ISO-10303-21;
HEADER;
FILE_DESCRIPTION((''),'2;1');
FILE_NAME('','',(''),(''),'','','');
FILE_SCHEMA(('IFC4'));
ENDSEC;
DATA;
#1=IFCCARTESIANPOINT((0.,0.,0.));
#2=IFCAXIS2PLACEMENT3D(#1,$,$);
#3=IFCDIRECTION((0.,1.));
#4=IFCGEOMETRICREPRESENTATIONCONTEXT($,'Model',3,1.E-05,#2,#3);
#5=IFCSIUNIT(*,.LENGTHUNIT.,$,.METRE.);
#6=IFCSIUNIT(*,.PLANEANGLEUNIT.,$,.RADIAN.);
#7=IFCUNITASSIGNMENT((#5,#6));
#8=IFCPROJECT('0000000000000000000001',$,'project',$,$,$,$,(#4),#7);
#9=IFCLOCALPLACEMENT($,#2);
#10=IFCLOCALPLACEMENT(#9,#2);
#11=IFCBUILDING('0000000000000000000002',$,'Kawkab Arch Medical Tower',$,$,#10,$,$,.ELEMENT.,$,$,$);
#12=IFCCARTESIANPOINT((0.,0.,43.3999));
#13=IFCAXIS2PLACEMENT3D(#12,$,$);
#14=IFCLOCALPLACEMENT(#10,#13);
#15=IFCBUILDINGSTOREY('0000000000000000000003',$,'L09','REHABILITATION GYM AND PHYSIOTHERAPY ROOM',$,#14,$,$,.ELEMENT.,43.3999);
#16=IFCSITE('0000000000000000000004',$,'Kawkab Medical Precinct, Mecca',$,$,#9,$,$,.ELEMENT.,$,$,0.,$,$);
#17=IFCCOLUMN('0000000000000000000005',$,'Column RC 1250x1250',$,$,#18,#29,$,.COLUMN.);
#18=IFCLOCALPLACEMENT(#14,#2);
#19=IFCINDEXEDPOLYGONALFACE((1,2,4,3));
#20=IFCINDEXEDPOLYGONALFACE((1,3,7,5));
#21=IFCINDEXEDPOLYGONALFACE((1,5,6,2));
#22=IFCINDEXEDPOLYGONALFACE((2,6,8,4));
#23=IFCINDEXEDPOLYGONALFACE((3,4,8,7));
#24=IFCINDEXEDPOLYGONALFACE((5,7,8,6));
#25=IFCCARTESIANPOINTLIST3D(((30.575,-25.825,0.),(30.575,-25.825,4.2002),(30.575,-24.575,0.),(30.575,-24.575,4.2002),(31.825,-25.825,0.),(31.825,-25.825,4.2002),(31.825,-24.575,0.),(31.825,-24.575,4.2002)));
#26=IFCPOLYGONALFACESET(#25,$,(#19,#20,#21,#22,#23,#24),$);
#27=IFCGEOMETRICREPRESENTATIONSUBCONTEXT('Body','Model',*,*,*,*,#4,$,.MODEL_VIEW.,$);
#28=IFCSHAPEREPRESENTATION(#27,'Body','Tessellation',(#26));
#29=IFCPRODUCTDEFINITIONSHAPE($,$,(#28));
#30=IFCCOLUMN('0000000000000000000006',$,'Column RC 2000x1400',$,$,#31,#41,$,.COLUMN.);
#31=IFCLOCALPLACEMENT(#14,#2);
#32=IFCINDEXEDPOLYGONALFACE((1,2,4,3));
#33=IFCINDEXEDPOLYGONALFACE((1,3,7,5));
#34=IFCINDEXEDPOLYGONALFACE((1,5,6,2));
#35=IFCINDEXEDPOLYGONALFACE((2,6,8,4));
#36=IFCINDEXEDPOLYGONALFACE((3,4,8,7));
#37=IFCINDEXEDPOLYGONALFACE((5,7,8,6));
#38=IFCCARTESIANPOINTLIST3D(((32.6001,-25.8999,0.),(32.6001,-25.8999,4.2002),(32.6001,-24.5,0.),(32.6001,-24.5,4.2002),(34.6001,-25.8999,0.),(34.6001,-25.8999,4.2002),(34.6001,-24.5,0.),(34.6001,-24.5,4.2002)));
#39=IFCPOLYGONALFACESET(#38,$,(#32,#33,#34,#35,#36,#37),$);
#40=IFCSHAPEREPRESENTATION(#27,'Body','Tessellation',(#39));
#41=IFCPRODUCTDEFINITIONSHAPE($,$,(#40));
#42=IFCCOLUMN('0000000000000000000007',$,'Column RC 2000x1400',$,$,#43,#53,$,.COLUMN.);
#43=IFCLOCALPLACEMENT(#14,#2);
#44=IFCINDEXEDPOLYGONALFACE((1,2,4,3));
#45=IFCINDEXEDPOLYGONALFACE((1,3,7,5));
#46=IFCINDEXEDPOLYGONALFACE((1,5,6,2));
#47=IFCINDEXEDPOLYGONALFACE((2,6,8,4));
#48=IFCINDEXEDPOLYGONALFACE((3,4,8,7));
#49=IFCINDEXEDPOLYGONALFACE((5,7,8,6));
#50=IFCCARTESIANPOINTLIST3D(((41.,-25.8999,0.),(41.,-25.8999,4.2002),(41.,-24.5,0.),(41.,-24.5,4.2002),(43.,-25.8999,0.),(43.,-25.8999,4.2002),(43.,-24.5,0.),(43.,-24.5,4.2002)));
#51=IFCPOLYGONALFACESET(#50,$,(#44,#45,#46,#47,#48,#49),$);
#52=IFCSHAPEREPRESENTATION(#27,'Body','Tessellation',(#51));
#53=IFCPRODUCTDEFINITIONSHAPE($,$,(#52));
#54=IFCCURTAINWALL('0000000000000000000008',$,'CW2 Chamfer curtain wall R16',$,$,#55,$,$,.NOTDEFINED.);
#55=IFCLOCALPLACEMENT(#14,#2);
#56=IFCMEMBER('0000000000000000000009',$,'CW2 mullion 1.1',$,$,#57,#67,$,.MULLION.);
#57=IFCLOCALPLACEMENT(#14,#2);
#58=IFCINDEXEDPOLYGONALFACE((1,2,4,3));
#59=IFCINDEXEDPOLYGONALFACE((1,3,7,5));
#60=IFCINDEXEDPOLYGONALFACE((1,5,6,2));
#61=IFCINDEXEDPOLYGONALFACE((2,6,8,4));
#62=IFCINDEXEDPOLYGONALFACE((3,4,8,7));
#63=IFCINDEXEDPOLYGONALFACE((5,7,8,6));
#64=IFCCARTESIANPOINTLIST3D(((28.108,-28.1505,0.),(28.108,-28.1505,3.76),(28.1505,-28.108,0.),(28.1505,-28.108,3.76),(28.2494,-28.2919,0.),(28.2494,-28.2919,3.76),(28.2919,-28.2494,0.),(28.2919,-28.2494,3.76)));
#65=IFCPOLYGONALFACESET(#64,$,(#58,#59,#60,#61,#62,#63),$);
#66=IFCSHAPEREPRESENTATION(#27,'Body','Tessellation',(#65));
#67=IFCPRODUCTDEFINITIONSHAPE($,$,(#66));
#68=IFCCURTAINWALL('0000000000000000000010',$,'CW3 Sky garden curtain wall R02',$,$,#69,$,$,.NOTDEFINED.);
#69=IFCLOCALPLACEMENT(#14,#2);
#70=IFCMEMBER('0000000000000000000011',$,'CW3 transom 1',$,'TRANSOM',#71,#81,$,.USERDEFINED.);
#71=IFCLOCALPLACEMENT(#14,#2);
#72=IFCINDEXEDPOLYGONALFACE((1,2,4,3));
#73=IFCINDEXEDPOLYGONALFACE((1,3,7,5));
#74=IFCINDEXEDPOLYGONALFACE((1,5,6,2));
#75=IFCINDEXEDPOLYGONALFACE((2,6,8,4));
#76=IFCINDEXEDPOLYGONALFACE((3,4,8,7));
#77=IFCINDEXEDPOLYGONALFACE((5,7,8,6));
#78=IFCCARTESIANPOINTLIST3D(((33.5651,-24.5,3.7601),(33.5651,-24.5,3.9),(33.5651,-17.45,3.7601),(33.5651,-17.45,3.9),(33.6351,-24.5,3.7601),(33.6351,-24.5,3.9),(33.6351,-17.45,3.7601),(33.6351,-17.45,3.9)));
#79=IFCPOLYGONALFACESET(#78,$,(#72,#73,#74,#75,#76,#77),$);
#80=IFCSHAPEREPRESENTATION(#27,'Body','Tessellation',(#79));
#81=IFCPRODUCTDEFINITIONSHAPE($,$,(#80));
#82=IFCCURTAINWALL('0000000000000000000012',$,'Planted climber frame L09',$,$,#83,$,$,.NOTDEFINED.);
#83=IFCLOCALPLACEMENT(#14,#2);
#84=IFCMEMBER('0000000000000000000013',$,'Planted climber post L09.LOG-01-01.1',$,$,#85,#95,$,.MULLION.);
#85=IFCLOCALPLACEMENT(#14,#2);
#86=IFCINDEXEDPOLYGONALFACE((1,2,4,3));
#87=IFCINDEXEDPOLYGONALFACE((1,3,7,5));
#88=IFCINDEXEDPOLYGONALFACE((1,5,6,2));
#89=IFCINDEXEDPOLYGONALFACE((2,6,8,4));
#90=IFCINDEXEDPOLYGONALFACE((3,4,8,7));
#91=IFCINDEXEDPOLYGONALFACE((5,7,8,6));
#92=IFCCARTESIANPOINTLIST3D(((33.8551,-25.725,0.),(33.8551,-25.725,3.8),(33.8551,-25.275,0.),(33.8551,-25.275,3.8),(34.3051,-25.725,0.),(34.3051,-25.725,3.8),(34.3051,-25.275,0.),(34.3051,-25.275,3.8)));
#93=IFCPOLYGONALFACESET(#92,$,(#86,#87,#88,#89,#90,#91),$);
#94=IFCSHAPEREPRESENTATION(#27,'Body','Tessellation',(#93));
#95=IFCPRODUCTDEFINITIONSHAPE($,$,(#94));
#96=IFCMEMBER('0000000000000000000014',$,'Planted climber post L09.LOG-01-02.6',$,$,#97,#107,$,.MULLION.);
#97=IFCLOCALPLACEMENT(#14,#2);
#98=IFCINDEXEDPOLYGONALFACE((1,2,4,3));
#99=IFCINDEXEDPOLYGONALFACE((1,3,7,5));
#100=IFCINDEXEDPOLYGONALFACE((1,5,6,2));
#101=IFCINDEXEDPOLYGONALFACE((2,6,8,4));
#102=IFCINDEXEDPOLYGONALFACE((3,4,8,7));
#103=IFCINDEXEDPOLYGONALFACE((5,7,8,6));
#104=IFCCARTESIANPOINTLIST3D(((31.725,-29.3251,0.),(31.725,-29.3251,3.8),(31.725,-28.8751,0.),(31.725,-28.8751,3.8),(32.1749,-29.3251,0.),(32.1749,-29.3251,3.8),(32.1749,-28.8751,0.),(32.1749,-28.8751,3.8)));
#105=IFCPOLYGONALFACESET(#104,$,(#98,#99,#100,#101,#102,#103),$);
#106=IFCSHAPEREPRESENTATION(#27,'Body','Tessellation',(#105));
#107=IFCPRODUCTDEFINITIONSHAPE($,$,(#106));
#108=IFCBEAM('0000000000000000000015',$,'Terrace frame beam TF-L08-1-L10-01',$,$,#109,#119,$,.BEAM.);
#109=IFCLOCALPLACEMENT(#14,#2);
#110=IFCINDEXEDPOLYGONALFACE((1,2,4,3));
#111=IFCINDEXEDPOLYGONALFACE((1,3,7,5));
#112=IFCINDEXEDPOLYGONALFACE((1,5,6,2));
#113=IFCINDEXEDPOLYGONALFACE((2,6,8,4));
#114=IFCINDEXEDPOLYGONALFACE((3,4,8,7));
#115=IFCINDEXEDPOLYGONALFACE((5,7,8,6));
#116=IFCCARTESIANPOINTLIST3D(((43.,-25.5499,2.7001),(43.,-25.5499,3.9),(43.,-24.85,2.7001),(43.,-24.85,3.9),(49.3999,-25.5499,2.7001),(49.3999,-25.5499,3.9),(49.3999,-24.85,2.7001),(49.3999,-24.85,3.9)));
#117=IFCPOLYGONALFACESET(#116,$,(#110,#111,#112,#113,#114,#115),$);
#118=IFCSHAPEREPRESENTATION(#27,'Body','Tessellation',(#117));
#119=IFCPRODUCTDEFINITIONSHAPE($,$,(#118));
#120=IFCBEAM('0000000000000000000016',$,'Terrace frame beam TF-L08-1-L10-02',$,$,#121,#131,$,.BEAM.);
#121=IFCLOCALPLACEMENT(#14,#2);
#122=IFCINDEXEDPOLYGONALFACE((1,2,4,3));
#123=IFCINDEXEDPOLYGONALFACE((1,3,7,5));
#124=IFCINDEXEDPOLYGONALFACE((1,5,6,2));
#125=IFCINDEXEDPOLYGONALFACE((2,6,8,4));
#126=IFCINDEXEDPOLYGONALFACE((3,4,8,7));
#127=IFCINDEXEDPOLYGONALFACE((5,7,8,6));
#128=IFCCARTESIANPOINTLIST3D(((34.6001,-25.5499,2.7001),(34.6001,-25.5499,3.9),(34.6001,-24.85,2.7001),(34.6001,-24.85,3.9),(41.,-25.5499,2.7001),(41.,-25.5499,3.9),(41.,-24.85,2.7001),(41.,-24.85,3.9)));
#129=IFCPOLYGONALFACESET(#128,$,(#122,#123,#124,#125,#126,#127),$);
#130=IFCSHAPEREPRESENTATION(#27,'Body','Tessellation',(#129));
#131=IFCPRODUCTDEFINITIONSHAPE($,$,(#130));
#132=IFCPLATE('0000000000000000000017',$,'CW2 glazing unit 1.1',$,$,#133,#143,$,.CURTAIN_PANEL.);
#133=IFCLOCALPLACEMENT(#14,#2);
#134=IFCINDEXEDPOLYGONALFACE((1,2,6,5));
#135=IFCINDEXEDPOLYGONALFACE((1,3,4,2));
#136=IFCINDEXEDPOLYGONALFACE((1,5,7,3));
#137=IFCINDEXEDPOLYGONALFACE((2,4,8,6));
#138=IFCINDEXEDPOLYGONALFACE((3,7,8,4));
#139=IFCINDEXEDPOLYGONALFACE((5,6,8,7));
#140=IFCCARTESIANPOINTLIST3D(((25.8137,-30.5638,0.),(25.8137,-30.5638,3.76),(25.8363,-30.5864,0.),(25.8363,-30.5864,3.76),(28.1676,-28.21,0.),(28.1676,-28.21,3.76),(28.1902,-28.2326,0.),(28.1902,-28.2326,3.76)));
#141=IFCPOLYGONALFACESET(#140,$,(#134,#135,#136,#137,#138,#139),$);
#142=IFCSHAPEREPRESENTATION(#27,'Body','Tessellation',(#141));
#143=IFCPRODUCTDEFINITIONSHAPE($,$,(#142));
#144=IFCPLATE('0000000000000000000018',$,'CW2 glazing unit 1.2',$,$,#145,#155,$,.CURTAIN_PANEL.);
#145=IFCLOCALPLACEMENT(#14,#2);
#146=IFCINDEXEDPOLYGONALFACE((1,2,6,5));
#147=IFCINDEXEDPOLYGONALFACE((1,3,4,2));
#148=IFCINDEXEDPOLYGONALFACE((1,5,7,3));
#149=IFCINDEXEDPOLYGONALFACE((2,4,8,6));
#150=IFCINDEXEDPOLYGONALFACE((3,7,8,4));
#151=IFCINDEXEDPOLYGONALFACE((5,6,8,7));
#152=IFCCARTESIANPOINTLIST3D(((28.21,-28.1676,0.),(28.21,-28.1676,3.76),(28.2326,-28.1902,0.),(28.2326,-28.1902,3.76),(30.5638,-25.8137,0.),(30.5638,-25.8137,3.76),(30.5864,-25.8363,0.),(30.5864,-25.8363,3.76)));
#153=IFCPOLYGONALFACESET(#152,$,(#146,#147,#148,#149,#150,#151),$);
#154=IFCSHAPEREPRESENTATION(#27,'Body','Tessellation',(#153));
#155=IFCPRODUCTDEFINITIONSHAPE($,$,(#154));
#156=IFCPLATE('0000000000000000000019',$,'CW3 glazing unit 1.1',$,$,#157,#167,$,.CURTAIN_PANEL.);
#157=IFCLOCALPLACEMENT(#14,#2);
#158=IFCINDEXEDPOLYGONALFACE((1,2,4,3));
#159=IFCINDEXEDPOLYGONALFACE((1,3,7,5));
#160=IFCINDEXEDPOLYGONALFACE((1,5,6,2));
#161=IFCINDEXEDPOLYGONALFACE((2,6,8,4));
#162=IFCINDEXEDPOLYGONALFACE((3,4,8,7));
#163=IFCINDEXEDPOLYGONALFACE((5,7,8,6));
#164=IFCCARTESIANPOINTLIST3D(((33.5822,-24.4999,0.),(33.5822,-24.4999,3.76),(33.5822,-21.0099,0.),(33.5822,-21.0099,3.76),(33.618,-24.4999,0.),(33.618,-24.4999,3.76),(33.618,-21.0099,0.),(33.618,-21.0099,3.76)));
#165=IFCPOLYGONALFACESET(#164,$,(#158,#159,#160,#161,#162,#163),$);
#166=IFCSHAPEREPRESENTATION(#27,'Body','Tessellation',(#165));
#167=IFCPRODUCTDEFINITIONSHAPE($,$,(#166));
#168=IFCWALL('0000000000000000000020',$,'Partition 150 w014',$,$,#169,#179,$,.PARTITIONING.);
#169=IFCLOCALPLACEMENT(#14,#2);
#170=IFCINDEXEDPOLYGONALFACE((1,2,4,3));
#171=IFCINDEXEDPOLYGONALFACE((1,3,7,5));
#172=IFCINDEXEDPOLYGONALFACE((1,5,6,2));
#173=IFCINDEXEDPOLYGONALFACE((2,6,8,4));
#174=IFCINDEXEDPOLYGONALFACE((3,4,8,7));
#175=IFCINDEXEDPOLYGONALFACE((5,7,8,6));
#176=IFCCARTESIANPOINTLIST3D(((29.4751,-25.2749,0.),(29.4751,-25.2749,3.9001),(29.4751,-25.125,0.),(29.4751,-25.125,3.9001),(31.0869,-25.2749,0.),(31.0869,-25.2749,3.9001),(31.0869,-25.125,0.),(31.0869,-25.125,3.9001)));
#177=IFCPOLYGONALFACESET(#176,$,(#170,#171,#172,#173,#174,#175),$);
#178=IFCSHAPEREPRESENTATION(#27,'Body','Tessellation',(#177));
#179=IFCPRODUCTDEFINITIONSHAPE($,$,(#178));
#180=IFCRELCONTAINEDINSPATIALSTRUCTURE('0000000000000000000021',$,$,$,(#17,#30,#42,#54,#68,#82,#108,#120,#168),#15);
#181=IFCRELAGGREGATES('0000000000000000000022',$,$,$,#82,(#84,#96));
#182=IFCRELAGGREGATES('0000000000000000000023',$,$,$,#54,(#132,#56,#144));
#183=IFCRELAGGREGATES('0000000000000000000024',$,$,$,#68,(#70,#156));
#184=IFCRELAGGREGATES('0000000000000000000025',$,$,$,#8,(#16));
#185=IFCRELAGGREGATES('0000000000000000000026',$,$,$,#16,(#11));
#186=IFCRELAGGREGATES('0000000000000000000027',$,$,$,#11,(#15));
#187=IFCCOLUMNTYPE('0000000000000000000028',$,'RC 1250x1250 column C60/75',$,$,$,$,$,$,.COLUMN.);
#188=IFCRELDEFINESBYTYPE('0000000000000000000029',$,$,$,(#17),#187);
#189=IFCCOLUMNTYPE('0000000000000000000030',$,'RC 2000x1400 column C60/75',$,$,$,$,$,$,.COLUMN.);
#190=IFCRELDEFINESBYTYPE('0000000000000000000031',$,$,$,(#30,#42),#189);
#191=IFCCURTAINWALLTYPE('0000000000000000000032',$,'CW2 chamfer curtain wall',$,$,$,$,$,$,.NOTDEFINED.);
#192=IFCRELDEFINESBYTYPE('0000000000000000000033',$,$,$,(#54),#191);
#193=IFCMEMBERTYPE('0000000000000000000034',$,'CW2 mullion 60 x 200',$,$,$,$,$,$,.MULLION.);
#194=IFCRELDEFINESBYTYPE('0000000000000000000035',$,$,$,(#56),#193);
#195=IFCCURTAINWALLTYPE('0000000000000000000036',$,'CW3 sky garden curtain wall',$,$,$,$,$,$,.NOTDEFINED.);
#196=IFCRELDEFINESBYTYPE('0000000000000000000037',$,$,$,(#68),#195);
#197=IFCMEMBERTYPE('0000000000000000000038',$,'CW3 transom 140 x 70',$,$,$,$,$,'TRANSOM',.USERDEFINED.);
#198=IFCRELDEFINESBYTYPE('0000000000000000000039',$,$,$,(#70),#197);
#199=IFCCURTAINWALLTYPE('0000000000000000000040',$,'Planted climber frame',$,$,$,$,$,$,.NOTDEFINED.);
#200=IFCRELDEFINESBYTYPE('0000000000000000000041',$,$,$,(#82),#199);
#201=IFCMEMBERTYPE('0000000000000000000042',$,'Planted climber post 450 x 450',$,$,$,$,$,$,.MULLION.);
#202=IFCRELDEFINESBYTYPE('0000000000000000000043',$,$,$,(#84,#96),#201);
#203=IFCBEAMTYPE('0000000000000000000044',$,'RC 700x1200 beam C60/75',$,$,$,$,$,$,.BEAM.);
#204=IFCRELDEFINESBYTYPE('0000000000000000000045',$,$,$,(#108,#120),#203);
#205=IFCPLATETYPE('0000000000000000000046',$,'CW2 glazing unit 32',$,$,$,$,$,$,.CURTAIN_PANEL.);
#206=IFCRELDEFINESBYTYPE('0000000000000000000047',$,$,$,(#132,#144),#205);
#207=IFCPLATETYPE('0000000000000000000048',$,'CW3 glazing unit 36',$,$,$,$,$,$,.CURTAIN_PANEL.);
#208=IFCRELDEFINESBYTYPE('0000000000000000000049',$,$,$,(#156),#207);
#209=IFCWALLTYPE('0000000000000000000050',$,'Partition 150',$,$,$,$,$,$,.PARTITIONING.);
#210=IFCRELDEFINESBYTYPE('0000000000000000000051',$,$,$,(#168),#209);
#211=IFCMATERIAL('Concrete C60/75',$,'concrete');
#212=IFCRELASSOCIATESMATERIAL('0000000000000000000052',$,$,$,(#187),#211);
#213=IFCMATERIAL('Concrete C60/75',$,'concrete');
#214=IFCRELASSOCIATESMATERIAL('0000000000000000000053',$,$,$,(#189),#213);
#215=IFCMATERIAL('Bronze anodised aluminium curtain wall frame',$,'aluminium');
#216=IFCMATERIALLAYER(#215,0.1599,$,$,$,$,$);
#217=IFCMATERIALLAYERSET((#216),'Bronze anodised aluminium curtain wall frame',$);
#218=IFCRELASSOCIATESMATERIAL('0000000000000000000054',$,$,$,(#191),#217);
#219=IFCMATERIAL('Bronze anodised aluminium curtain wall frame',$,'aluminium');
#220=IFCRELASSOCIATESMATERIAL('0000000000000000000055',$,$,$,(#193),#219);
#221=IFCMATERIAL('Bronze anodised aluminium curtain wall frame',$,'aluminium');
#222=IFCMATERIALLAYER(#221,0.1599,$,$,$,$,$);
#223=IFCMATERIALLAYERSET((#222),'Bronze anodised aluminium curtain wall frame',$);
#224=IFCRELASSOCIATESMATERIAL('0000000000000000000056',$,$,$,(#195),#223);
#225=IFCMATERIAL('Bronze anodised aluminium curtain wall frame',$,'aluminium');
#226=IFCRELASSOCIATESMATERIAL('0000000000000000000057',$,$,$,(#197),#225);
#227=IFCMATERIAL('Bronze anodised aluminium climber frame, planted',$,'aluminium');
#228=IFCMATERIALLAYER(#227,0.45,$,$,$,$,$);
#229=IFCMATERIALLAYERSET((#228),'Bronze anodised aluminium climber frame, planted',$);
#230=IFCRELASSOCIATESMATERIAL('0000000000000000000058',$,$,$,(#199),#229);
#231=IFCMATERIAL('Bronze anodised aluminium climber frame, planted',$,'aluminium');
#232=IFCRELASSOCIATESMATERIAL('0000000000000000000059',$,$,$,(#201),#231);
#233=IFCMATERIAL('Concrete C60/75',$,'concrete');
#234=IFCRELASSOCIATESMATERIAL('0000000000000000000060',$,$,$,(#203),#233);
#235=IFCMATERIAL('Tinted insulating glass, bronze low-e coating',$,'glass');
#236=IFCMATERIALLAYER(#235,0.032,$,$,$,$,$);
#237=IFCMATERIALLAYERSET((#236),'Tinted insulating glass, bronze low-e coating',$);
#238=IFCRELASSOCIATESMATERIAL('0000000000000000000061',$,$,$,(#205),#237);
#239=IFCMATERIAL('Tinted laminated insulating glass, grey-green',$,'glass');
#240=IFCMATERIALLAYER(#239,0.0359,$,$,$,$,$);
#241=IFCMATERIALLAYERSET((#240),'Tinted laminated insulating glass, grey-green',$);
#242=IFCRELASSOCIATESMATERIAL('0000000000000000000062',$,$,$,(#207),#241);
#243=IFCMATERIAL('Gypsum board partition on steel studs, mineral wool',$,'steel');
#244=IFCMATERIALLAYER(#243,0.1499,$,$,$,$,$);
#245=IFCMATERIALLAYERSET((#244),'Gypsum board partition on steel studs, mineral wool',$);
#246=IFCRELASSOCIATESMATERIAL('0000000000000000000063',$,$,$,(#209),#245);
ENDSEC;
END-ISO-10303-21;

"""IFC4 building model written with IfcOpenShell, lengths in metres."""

from ifc_helpers import new_model, si_unit, direction, frame, frame_2d, origin, origin_2d, place, context, subcontext, project, spatial, rectangle, extrude, material, layer, layer_set, material_profile, profile_set, type_object, element, aggregate, save


model = new_model("IFC4")

# Units and contexts
model_context = context("Model", 3, precision=1e-05, world=origin(), true_north=direction((0.0, 1.0)))
body_context = subcontext(model_context, "Body", "Model", "MODEL_VIEW")
ifc_project = project(units=[si_unit("LENGTHUNIT", "METRE"), si_unit("PLANEANGLEUNIT", "RADIAN")], contexts=[model_context])

# Site, building, storey
site_placement = place(None, origin())
site = spatial("IfcSite", under=ifc_project, at=site_placement, Name="Kawkab Medical Precinct, Mecca", CompositionType="ELEMENT", RefElevation=0.0)
building_placement = place(site_placement, origin())
building = spatial("IfcBuilding", under=site, at=building_placement, Name="Kawkab Arch Medical Tower", CompositionType="ELEMENT")
storey_placement = place(building_placement, frame((0.0, 0.0, 43.3999)))
storey = spatial("IfcBuildingStorey", under=building, at=storey_placement, Name="L09", Description="REHABILITATION GYM AND PHYSIOTHERAPY ROOM", CompositionType="ELEMENT", Elevation=43.3999)

# Columns
ifc_material_1 = material(Name="Concrete C60/75", Category="concrete")
ifc_material_profile_1 = material_profile(ifc_material_1, rectangle(XDim=1.25, YDim=1.25, at=origin_2d()), Name="RC 1250x1250")
ifc_profile_set_1 = profile_set([ifc_material_profile_1], Name="Concrete C60/75")
column_type_1 = type_object("IfcColumnType", Name="RC 1250x1250 column C60/75", PredefinedType="COLUMN", material=ifc_profile_set_1)
column_placement = place(storey_placement, frame((31.2, -25.2, 0.0), z_axis=(0.0, 0.0, 1.0), x_axis=(1.0, 0.0, 0.0)))
element("IfcColumn", 1, at=column_placement, inside=storey, type_object=column_type_1, Name="Column RC 1250x1250", PredefinedType="COLUMN", context=body_context, shape_type="SweptSolid", body=[
    extrude(rectangle(XDim=1.25, YDim=1.25, at=origin_2d()), origin(), (0.0, 0.0, 1.0), 4.2002),
])
ifc_material_2 = material(Name="Concrete C60/75", Category="concrete")
ifc_material_profile_2 = material_profile(ifc_material_2, rectangle(XDim=2.0, YDim=1.3999, at=origin_2d()), Name="RC 2000x1400")
ifc_profile_set_2 = profile_set([ifc_material_profile_2], Name="Concrete C60/75")
column_type_2 = type_object("IfcColumnType", Name="RC 2000x1400 column C60/75", PredefinedType="COLUMN", material=ifc_profile_set_2)
for number, where, z_axis, x_axis, name in (
    (2, (33.6001, -25.2, 0.0), (0.0, 0.0, 1.0), (-1.0, 0.0, 0.0), "Column RC 2000x1400"),
    (3, (42.0, -25.2, 0.0), (0.0, 0.0, 1.0), (-1.0, 0.0, 0.0), "Column RC 2000x1400"),
):
    element("IfcColumn", number, at=place(storey_placement, frame(where, z_axis=z_axis, x_axis=x_axis)), inside=storey, type_object=column_type_2, Name=name, PredefinedType="COLUMN", context=body_context, shape_type="SweptSolid", body=[
        extrude(rectangle(XDim=2.0, YDim=1.3999, at=origin_2d()), origin(), (0.0, 0.0, 1.0), 4.2002),
    ])

# Curtain walls, members
ifc_material_3 = material(Name="Bronze anodised aluminium curtain wall frame", Category="aluminium")
ifc_layer_1 = layer(ifc_material_3, 0.1599)
ifc_layer_set_1 = layer_set([ifc_layer_1], Name="Bronze anodised aluminium curtain wall frame")
curtain_wall_type_1 = type_object("IfcCurtainWallType", Name="CW2 chamfer curtain wall", PredefinedType="NOTDEFINED", material=ifc_layer_set_1)
placement = place(storey_placement, origin())
curtain_wall_1 = element("IfcCurtainWall", 4, at=placement, inside=storey, type_object=curtain_wall_type_1, Name="CW2 Chamfer curtain wall R16", PredefinedType="NOTDEFINED")
ifc_material_4 = material(Name="Bronze anodised aluminium curtain wall frame", Category="aluminium")
ifc_material_profile_3 = material_profile(ifc_material_4, rectangle(XDim=0.2, YDim=0.0601, at=origin_2d()), Name="AL 60x200")
ifc_profile_set_3 = profile_set([ifc_material_profile_3], Name="Bronze anodised aluminium curtain wall frame")
member_type_1 = type_object("IfcMemberType", Name="CW2 mullion 60 x 200", PredefinedType="MULLION", material=ifc_profile_set_3)
member_1_placement = place(storey_placement, frame((28.2, -28.2, 0.0), z_axis=(0.0, 0.0, 1.0), x_axis=(-0.707107, 0.707107, 0.0)))
member_1 = element("IfcMember", 5, at=member_1_placement, type_object=member_type_1, Name="CW2 mullion 1.1", PredefinedType="MULLION", context=body_context, shape_type="SweptSolid", body=[
    extrude(rectangle(XDim=0.2, YDim=0.0601, at=origin_2d()), origin(), (0.0, 0.0, 1.0), 3.76),
])
ifc_material_5 = material(Name="Bronze anodised aluminium curtain wall frame", Category="aluminium")
ifc_layer_2 = layer(ifc_material_5, 0.1599)
ifc_layer_set_2 = layer_set([ifc_layer_2], Name="Bronze anodised aluminium curtain wall frame")
curtain_wall_type_2 = type_object("IfcCurtainWallType", Name="CW3 sky garden curtain wall", PredefinedType="NOTDEFINED", material=ifc_layer_set_2)
curtain_wall_2 = element("IfcCurtainWall", 6, at=placement, inside=storey, type_object=curtain_wall_type_2, Name="CW3 Sky garden curtain wall R02", PredefinedType="NOTDEFINED")
ifc_material_6 = material(Name="Bronze anodised aluminium curtain wall frame", Category="aluminium")
ifc_material_profile_4 = material_profile(ifc_material_6, rectangle(XDim=0.0701, YDim=0.1399, at=origin_2d()), Name="AL 70x140")
ifc_profile_set_4 = profile_set([ifc_material_profile_4], Name="Bronze anodised aluminium curtain wall frame")
member_type_2 = type_object("IfcMemberType", Name="CW3 transom 140 x 70", ElementType="TRANSOM", PredefinedType="USERDEFINED", material=ifc_profile_set_4)
member_2_placement = place(storey_placement, frame((33.6001, -24.5, 3.8301), z_axis=(0.0, 1.0, 0.0), x_axis=(-1.0, 0.0, 0.0)))
member_2 = element("IfcMember", 7, at=member_2_placement, type_object=member_type_2, Name="CW3 transom 1", ObjectType="TRANSOM", PredefinedType="USERDEFINED", context=body_context, shape_type="SweptSolid", body=[
    extrude(rectangle(XDim=0.0701, YDim=0.1399, at=origin_2d()), origin(), (0.0, 0.0, 1.0), 7.05),
])

# Curtain wall, members
ifc_material_7 = material(Name="Bronze anodised aluminium climber frame, planted", Category="aluminium")
ifc_layer_3 = layer(ifc_material_7, 0.45)
ifc_layer_set_3 = layer_set([ifc_layer_3], Name="Bronze anodised aluminium climber frame, planted")
curtain_wall_type_3 = type_object("IfcCurtainWallType", Name="Planted climber frame", PredefinedType="NOTDEFINED", material=ifc_layer_set_3)
curtain_wall_3 = element("IfcCurtainWall", 8, at=placement, inside=storey, type_object=curtain_wall_type_3, Name="Planted climber frame L09", PredefinedType="NOTDEFINED")
ifc_material_8 = material(Name="Bronze anodised aluminium climber frame, planted", Category="aluminium")
ifc_material_profile_5 = material_profile(ifc_material_8, rectangle(XDim=0.45, YDim=0.45, at=origin_2d()), Name="Post 450x450")
ifc_profile_set_5 = profile_set([ifc_material_profile_5], Name="Bronze anodised aluminium climber frame, planted")
member_type_3 = type_object("IfcMemberType", Name="Planted climber post 450 x 450", PredefinedType="MULLION", material=ifc_profile_set_5)
member_3_placement = place(storey_placement, frame((34.0801, -25.5, 0.0), z_axis=(0.0, 0.0, 1.0), x_axis=(1.0, 0.0, 0.0)))
member_3 = element("IfcMember", 9, at=member_3_placement, type_object=member_type_3, Name="Planted climber post L09.LOG-01-01.1", PredefinedType="MULLION", context=body_context, shape_type="SweptSolid", body=[
    extrude(rectangle(XDim=0.45, YDim=0.45, at=origin_2d()), origin(), (0.0, 0.0, 1.0), 3.8),
])
member_4_placement = place(storey_placement, frame((31.95, -29.1001, 0.0), z_axis=(0.0, 0.0, 1.0), x_axis=(1.0, 0.0, 0.0)))
member_4 = element("IfcMember", 10, at=member_4_placement, type_object=member_type_3, Name="Planted climber post L09.LOG-01-02.6", PredefinedType="MULLION", context=body_context, shape_type="SweptSolid", body=[
    extrude(rectangle(XDim=0.45, YDim=0.45, at=origin_2d()), origin(), (0.0, 0.0, 1.0), 3.8),
])
aggregate(curtain_wall_3, [member_3, member_4])

# Beams
ifc_material_9 = material(Name="Concrete C60/75", Category="concrete")
ifc_material_profile_6 = material_profile(ifc_material_9, rectangle(XDim=0.7, YDim=1.2, at=origin_2d()), Name="RC 700x1200")
ifc_profile_set_6 = profile_set([ifc_material_profile_6], Name="Concrete C60/75")
beam_type = type_object("IfcBeamType", Name="RC 700x1200 beam C60/75", PredefinedType="BEAM", material=ifc_profile_set_6)
for number, where, z_axis, x_axis, name in (
    (11, (49.3999, -25.2, 3.3), (-1.0, 0.0, 0.0), (0.0, -1.0, 0.0), "Terrace frame beam TF-L08-1-L10-01"),
    (12, (41.0, -25.2, 3.3), (-1.0, 0.0, 0.0), (0.0, -1.0, 0.0), "Terrace frame beam TF-L08-1-L10-02"),
):
    element("IfcBeam", number, at=place(storey_placement, frame(where, z_axis=z_axis, x_axis=x_axis)), inside=storey, type_object=beam_type, Name=name, PredefinedType="BEAM", context=body_context, shape_type="SweptSolid", body=[
        extrude(rectangle(XDim=0.7, YDim=1.2, at=origin_2d()), origin(), (0.0, 0.0, 1.0), 6.3999),
    ])

# Plates
ifc_material_10 = material(Name="Tinted insulating glass, bronze low-e coating", Category="glass")
ifc_layer_4 = layer(ifc_material_10, 0.032)
ifc_layer_set_4 = layer_set([ifc_layer_4], Name="Tinted insulating glass, bronze low-e coating")
plate_type_1 = type_object("IfcPlateType", Name="CW2 glazing unit 32", PredefinedType="CURTAIN_PANEL", material=ifc_layer_set_4)
plate_1_placement = place(storey_placement, frame((27.002, -29.3982, 0.0), z_axis=(0.0, 0.0, 1.0), x_axis=(0.707107, 0.707107, 0.0)))
plate_1 = element("IfcPlate", 13, at=plate_1_placement, type_object=plate_type_1, Name="CW2 glazing unit 1.1", PredefinedType="CURTAIN_PANEL", context=body_context, shape_type="SweptSolid", body=[
    extrude(rectangle(XDim=3.3289, YDim=0.032, at=origin_2d()), origin(), (0.0, 0.0, 1.0), 3.76),
])
plate_2_placement = place(storey_placement, frame((29.3982, -27.002, 0.0), z_axis=(0.0, 0.0, 1.0), x_axis=(0.707107, 0.707107, 0.0)))
plate_2 = element("IfcPlate", 14, at=plate_2_placement, type_object=plate_type_1, Name="CW2 glazing unit 1.2", PredefinedType="CURTAIN_PANEL", context=body_context, shape_type="SweptSolid", body=[
    extrude(rectangle(XDim=3.3289, YDim=0.032, at=origin_2d()), origin(), (0.0, 0.0, 1.0), 3.76),
])
aggregate(curtain_wall_1, [plate_1, member_1, plate_2])
ifc_material_11 = material(Name="Tinted laminated insulating glass, grey-green", Category="glass")
ifc_layer_5 = layer(ifc_material_11, 0.0359)
ifc_layer_set_5 = layer_set([ifc_layer_5], Name="Tinted laminated insulating glass, grey-green")
plate_type_2 = type_object("IfcPlateType", Name="CW3 glazing unit 36", PredefinedType="CURTAIN_PANEL", material=ifc_layer_set_5)
plate_3_placement = place(storey_placement, frame((33.6001, -22.7549, 0.0), z_axis=(0.0, 0.0, 1.0), x_axis=(0.0, 1.0, 0.0)))
plate_3 = element("IfcPlate", 15, at=plate_3_placement, type_object=plate_type_2, Name="CW3 glazing unit 1.1", PredefinedType="CURTAIN_PANEL", context=body_context, shape_type="SweptSolid", body=[
    extrude(rectangle(XDim=3.49, YDim=0.0359, at=origin_2d()), origin(), (0.0, 0.0, 1.0), 3.76),
])
aggregate(curtain_wall_2, [member_2, plate_3])

# Wall
ifc_material_12 = material(Name="Gypsum board partition on steel studs, mineral wool", Category="steel")
ifc_layer_6 = layer(ifc_material_12, 0.1499)
ifc_layer_set_6 = layer_set([ifc_layer_6], Name="Gypsum board partition on steel studs, mineral wool")
wall_type = type_object("IfcWallType", Name="Partition 150", PredefinedType="PARTITIONING", material=ifc_layer_set_6)
wall_1_placement = place(storey_placement, frame((29.4751, -25.2, 0.0), z_axis=(0.0, 0.0, 1.0), x_axis=(1.0, 0.0, 0.0)))
element("IfcWall", 16, at=wall_1_placement, inside=storey, type_object=wall_type, Name="Partition 150 w014", PredefinedType="PARTITIONING", context=body_context, shape_type="SweptSolid", body=[
    extrude(rectangle(XDim=1.6118, YDim=0.1499, at=frame_2d((0.8059, 0.0))), origin(), (0.0, 0.0, 1.0), 3.9001),
])

save(model, "model.ifc")
